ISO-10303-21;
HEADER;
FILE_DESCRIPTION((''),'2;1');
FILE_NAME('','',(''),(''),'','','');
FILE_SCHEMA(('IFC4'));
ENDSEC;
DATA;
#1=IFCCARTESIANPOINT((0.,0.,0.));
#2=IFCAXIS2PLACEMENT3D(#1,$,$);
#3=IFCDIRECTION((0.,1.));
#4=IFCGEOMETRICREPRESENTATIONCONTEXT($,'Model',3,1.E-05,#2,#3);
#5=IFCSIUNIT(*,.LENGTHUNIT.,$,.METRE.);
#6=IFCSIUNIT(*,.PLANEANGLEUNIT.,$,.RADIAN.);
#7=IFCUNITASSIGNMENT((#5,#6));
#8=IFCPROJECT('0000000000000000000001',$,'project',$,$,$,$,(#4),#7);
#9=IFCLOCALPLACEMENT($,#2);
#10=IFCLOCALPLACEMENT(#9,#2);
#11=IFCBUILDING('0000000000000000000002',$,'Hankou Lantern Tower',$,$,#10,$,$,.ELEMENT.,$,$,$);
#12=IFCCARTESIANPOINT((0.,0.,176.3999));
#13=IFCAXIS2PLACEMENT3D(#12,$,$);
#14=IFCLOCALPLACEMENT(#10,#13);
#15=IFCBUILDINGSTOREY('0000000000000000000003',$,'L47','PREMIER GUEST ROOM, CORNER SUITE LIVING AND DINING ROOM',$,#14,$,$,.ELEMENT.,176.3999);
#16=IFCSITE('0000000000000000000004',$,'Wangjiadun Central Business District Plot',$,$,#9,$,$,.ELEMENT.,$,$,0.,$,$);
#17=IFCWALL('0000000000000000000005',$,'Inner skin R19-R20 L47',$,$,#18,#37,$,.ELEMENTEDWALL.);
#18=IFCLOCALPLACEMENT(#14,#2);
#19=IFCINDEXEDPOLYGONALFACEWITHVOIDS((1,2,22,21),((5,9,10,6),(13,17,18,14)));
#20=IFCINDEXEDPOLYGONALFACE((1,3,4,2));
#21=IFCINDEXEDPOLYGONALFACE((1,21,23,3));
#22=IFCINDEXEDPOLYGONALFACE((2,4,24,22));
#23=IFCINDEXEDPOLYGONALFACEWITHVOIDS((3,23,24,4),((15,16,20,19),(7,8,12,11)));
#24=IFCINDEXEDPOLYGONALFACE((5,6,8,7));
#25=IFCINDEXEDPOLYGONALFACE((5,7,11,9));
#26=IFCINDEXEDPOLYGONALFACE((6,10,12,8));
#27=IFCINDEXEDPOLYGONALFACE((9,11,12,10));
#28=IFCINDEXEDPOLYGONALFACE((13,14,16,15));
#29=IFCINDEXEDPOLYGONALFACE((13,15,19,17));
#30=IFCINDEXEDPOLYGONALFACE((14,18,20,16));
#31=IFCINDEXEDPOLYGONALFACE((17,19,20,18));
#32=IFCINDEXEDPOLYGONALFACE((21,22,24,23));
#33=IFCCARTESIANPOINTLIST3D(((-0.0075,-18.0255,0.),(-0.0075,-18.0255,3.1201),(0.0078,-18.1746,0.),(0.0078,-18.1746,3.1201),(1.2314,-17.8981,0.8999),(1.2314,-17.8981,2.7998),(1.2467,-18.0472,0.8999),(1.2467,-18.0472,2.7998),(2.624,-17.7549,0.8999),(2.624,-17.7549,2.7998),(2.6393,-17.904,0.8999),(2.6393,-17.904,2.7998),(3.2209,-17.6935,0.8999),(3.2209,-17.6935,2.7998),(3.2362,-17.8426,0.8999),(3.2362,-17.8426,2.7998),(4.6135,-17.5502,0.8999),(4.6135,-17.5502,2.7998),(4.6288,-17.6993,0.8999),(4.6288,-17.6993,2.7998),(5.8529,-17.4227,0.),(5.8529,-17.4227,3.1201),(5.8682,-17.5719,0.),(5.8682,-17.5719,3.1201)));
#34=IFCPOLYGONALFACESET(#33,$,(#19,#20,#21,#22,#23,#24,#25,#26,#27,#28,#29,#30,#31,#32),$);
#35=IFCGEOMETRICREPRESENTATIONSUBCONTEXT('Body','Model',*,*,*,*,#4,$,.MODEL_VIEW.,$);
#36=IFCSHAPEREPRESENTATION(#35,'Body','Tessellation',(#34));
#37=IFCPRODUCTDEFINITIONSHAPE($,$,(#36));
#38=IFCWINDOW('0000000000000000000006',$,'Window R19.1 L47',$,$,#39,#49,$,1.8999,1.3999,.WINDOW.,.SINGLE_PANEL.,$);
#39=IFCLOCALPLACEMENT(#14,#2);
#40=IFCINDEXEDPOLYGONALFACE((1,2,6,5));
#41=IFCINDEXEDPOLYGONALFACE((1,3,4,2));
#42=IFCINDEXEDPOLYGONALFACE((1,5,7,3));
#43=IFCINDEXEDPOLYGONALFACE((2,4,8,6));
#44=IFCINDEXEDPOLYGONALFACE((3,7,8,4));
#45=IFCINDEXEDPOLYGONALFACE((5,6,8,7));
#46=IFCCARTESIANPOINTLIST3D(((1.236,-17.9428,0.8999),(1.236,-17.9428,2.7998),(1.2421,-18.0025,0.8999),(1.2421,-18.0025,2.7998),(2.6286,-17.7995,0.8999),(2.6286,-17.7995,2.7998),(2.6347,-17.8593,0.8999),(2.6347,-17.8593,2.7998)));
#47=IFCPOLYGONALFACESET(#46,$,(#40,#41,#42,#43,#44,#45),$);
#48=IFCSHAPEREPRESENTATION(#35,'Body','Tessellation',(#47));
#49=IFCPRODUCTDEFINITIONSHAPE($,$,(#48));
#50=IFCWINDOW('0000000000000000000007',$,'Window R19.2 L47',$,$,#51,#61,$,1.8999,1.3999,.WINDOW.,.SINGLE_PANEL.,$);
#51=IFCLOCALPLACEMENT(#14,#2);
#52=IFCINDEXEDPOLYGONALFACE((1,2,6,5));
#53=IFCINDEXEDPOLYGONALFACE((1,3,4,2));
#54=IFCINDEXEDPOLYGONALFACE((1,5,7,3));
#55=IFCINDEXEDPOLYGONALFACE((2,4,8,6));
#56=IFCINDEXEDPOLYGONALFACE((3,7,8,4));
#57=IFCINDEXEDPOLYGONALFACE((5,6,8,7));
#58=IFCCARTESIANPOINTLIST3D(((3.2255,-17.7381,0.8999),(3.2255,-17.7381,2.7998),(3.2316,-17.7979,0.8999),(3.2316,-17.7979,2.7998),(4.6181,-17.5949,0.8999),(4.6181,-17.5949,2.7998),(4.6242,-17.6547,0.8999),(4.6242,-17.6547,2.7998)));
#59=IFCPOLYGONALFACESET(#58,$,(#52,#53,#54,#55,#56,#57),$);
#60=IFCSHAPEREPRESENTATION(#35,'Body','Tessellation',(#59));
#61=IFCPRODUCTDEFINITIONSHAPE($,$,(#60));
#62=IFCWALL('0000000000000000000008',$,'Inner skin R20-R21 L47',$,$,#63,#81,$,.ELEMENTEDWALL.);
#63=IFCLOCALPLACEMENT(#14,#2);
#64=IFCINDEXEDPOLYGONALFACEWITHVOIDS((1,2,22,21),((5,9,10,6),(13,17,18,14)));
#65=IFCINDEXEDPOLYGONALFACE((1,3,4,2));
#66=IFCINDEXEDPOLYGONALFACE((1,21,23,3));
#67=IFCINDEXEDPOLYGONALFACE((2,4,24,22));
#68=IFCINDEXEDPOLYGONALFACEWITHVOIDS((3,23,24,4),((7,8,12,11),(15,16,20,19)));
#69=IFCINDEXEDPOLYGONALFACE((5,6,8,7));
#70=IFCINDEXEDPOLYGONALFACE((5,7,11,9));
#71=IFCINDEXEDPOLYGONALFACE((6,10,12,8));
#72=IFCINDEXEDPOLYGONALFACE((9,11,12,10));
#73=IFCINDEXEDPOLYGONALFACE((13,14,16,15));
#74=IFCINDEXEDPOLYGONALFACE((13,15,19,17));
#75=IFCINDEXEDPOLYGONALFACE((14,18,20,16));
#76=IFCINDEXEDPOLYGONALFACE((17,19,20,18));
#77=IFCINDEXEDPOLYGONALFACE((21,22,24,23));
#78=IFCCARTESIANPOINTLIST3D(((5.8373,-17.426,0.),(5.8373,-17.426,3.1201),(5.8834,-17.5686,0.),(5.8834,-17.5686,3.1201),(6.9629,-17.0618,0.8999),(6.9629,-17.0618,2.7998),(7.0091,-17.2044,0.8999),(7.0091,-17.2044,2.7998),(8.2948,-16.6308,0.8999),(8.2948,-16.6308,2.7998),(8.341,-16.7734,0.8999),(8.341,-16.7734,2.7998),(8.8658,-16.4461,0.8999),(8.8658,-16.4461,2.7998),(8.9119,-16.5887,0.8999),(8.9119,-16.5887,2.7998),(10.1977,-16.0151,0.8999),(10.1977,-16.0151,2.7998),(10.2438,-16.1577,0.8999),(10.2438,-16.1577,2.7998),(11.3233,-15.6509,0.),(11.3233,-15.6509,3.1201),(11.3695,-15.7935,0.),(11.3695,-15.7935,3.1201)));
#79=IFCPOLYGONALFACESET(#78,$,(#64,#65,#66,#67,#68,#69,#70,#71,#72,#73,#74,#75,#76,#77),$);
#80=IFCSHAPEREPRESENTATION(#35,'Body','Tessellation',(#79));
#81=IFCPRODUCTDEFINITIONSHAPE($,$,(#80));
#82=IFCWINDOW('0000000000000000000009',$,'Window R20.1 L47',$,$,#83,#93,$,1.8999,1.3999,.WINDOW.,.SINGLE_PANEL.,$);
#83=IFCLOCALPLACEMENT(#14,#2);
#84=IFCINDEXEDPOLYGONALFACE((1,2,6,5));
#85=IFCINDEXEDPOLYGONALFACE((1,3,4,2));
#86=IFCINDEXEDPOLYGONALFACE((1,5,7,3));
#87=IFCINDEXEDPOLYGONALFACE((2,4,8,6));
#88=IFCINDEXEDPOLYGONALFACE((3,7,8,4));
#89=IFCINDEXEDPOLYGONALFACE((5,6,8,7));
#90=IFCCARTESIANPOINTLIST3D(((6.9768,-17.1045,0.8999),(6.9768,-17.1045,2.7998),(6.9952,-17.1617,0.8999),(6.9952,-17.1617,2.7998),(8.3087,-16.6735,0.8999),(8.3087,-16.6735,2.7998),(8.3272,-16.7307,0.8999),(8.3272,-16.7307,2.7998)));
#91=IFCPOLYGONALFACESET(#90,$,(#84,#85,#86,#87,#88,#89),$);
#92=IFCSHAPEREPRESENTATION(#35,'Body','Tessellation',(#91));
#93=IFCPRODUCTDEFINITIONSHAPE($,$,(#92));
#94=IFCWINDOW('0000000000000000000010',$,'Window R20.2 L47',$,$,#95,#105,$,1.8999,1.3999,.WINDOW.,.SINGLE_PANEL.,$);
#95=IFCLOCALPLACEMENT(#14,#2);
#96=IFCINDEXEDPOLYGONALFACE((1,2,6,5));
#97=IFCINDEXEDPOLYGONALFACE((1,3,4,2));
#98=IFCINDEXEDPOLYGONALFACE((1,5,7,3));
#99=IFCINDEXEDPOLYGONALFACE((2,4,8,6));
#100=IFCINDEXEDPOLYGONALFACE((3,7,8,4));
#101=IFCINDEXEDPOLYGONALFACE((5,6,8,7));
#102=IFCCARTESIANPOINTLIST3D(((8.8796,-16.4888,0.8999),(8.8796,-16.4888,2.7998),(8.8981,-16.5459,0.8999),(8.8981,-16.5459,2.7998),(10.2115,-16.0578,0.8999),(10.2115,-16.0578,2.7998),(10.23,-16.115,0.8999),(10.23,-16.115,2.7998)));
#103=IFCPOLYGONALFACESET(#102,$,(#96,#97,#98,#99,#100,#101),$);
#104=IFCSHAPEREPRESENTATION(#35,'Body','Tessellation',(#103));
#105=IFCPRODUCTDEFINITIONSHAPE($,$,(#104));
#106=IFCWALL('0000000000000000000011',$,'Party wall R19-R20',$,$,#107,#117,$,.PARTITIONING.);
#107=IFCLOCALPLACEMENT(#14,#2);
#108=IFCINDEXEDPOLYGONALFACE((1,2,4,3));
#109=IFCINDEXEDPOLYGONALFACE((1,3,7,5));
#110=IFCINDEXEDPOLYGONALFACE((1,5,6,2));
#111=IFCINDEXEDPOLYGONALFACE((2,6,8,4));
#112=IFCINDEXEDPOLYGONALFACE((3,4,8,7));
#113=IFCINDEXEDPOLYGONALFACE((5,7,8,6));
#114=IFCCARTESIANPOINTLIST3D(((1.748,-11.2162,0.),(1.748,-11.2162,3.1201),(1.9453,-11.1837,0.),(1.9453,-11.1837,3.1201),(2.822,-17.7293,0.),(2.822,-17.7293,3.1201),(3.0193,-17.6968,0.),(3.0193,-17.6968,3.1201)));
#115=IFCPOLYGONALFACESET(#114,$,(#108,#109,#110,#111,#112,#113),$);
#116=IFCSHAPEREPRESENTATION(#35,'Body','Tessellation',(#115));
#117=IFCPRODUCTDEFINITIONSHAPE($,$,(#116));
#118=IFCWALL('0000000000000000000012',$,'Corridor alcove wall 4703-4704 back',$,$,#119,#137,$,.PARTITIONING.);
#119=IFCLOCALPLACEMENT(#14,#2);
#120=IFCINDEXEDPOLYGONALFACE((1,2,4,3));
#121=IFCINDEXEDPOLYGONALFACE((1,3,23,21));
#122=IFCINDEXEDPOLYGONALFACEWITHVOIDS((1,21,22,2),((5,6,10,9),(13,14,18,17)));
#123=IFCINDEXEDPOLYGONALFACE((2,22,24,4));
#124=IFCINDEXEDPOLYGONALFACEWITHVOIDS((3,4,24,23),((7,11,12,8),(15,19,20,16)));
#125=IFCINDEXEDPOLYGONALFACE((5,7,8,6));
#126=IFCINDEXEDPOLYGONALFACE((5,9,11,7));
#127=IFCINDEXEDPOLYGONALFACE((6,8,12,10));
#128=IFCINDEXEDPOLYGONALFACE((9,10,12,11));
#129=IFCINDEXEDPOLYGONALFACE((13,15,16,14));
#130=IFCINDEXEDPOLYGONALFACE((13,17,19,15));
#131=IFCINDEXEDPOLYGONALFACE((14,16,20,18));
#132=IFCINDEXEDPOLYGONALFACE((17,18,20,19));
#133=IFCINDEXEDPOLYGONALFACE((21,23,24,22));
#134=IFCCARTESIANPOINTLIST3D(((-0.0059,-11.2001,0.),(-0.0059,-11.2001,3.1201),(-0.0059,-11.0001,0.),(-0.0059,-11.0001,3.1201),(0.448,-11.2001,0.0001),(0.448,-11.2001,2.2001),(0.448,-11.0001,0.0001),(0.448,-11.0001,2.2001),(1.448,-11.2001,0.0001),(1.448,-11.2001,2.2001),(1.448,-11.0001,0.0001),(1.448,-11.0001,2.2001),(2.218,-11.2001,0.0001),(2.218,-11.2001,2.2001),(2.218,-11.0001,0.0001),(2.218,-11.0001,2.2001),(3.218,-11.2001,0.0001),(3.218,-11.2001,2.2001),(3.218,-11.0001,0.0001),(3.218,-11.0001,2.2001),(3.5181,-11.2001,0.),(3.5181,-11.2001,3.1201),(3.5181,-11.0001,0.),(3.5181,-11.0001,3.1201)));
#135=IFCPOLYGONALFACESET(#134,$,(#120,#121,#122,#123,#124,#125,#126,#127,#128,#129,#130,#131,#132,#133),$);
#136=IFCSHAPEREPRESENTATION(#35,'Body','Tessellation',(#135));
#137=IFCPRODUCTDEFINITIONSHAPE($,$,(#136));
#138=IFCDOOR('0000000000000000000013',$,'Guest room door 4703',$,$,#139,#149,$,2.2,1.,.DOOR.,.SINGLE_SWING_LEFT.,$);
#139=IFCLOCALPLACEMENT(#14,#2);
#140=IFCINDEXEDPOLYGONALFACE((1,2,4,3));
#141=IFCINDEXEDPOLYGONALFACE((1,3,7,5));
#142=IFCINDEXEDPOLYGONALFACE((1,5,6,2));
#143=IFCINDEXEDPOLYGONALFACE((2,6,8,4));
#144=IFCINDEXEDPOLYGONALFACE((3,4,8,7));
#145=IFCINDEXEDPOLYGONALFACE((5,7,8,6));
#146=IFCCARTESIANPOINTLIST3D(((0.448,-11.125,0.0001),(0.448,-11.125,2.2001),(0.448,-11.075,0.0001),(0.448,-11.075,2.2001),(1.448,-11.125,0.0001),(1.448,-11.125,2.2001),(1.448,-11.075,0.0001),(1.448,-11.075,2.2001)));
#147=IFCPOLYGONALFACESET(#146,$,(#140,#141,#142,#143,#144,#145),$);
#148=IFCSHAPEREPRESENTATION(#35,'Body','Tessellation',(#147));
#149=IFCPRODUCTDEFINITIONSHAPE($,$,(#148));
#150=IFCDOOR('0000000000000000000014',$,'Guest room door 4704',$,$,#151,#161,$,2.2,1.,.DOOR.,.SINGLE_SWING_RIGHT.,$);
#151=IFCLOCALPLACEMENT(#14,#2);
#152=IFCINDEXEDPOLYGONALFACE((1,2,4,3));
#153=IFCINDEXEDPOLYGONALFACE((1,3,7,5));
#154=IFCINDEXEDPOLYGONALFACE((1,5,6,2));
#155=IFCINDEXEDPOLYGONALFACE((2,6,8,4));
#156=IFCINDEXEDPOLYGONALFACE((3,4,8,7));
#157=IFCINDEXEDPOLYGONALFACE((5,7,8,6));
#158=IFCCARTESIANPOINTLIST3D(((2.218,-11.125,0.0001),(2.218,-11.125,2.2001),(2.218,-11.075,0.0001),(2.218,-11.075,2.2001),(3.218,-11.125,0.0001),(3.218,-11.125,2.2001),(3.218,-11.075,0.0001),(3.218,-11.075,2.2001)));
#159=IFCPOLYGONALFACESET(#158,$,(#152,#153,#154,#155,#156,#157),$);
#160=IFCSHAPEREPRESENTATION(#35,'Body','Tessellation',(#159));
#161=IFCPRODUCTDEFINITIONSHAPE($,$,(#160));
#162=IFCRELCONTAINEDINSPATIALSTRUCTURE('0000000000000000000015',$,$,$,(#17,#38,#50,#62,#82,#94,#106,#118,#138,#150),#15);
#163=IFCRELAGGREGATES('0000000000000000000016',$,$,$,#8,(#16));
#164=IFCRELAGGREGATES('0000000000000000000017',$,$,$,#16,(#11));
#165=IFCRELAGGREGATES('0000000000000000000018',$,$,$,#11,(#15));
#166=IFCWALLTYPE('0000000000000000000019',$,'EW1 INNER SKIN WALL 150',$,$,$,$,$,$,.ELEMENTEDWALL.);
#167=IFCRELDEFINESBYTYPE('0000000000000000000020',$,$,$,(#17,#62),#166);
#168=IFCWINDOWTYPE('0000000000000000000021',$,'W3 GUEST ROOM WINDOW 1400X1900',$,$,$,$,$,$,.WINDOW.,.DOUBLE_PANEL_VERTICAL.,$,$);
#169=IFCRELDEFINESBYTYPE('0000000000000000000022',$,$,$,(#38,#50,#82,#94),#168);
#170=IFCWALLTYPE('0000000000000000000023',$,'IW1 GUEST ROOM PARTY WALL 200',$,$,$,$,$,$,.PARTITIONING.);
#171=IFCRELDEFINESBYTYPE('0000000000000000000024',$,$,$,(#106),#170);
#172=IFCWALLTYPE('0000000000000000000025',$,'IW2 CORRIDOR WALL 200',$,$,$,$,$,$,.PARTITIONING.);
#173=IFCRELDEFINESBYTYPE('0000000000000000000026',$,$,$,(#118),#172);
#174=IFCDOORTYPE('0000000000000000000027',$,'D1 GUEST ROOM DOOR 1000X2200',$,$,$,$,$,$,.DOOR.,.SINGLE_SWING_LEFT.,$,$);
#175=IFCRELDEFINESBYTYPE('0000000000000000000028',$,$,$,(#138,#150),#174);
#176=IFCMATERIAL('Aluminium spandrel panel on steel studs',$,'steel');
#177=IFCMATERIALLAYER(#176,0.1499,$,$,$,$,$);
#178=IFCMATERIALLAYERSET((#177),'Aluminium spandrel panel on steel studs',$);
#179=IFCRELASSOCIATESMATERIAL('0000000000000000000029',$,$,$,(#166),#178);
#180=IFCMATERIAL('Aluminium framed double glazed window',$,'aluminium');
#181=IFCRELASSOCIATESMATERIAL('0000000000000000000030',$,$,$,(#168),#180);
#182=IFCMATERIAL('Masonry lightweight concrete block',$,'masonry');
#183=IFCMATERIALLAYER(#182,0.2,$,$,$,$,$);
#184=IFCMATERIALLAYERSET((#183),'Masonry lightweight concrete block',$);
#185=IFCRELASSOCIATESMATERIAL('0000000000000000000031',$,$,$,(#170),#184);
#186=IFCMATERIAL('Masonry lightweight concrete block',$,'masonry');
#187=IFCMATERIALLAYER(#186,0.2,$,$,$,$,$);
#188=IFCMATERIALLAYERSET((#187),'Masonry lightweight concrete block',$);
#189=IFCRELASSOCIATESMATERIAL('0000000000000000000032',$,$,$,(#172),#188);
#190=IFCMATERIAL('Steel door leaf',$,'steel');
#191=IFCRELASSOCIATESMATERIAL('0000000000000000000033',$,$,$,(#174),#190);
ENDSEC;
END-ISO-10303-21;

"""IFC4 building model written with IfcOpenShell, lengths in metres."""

from ifc_helpers import new_model, si_unit, direction, frame, frame_2d, origin, place, context, subcontext, project, spatial, rectangle, extrude, material, layer, layer_set, type_object, element, fill, save


model = new_model("IFC4")

# Units and contexts
model_context = context("Model", 3, precision=1e-05, world=origin(), true_north=direction((0.0, 1.0)))
body_context = subcontext(model_context, "Body", "Model", "MODEL_VIEW")
ifc_project = project(units=[si_unit("LENGTHUNIT", "METRE"), si_unit("PLANEANGLEUNIT", "RADIAN")], contexts=[model_context])

# Site, building, storey
site_placement = place(None, origin())
site = spatial("IfcSite", under=ifc_project, at=site_placement, Name="Wangjiadun Central Business District Plot", CompositionType="ELEMENT", RefElevation=0.0)
building_placement = place(site_placement, origin())
building = spatial("IfcBuilding", under=site, at=building_placement, Name="Hankou Lantern Tower", CompositionType="ELEMENT")
storey_placement = place(building_placement, frame((0.0, 0.0, 176.3999)))
storey = spatial("IfcBuildingStorey", under=building, at=storey_placement, Name="L47", Description="PREMIER GUEST ROOM, CORNER SUITE LIVING AND DINING ROOM", CompositionType="ELEMENT", Elevation=176.3999)

# Walls, openings, windows
ifc_material_1 = material(Name="Aluminium spandrel panel on steel studs", Category="steel")
ifc_layer_1 = layer(ifc_material_1, 0.1499)
ifc_layer_set_1 = layer_set([ifc_layer_1], Name="Aluminium spandrel panel on steel studs")
wall_type_1 = type_object("IfcWallType", Name="EW1 INNER SKIN WALL 150", PredefinedType="ELEMENTEDWALL", material=ifc_layer_set_1)
wall_1_placement = place(storey_placement, frame((0.0, -18.1001, 0.0), z_axis=(0.0, 0.0, 1.0), x_axis=(0.994752, 0.102318, 0.0)))
wall_1 = element("IfcWall", 1, at=wall_1_placement, inside=storey, type_object=wall_type_1, Name="Inner skin R19-R20 L47", PredefinedType="ELEMENTEDWALL", context=body_context, shape_type="SweptSolid", body=[
    extrude(rectangle(XDim=5.8914, YDim=0.1499, at=frame_2d((2.9458, 0.0))), origin(), (0.0, 0.0, 1.0), 3.1201),
])
opening_1_placement = place(wall_1_placement, frame((1.2456, 0.0, 0.8999)))
opening_1 = element("IfcOpeningElement", 2, at=opening_1_placement, cuts=wall_1, PredefinedType="OPENING", context=body_context, shape_type="SweptSolid", body=[
    extrude(rectangle(XDim=1.3999, YDim=1.8999, at=frame_2d((0.7, 0.95))), frame((0.0, 0.085, 0.0), z_axis=(0.0, -1.0, 0.0), x_axis=(1.0, 0.0, 0.0)), (0.0, 0.0, 1.0), 0.1699),
])
opening_2_placement = place(wall_1_placement, frame((3.2456, 0.0, 0.8999)))
opening_2 = element("IfcOpeningElement", 3, at=opening_2_placement, cuts=wall_1, PredefinedType="OPENING", context=body_context, shape_type="SweptSolid", body=[
    extrude(rectangle(XDim=1.3999, YDim=1.8999, at=frame_2d((0.7, 0.95))), frame((0.0, 0.085, 0.0), z_axis=(0.0, -1.0, 0.0), x_axis=(1.0, 0.0, 0.0)), (0.0, 0.0, 1.0), 0.1699),
])
ifc_material_2 = material(Name="Aluminium framed double glazed window", Category="aluminium")
window_type = type_object("IfcWindowType", Name="W3 GUEST ROOM WINDOW 1400X1900", PartitioningType="DOUBLE_PANEL_VERTICAL", PredefinedType="WINDOW", material=ifc_material_2)
window_1_placement = place(opening_1_placement, origin())
window_1 = element("IfcWindow", 4, at=window_1_placement, inside=storey, type_object=window_type, Name="Window R19.1 L47", OverallHeight=1.8999, OverallWidth=1.3999, PartitioningType="SINGLE_PANEL", PredefinedType="WINDOW", context=body_context, shape_type="SweptSolid", body=[
    extrude(rectangle(XDim=1.3999, YDim=1.8999, at=frame_2d((0.7, 0.95))), frame((0.0, 0.03, 0.0), z_axis=(0.0, -1.0, 0.0), x_axis=(1.0, 0.0, 0.0)), (0.0, 0.0, 1.0), 0.0601),
])
fill(opening_1, window_1)
window_2_placement = place(opening_2_placement, origin())
window_2 = element("IfcWindow", 5, at=window_2_placement, inside=storey, type_object=window_type, Name="Window R19.2 L47", OverallHeight=1.8999, OverallWidth=1.3999, PartitioningType="SINGLE_PANEL", PredefinedType="WINDOW", context=body_context, shape_type="SweptSolid", body=[
    extrude(rectangle(XDim=1.3999, YDim=1.8999, at=frame_2d((0.7, 0.95))), frame((0.0, 0.03, 0.0), z_axis=(0.0, -1.0, 0.0), x_axis=(1.0, 0.0, 0.0)), (0.0, 0.0, 1.0), 0.0601),
])
fill(opening_2, window_2)
wall_2_placement = place(storey_placement, frame((5.8604, -17.4973, 0.0), z_axis=(0.0, 0.0, 1.0), x_axis=(0.951432, 0.307857, 0.0)))
wall_2 = element("IfcWall", 6, at=wall_2_placement, inside=storey, type_object=wall_type_1, Name="Inner skin R20-R21 L47", PredefinedType="ELEMENTEDWALL", context=body_context, shape_type="SweptSolid", body=[
    extrude(rectangle(XDim=5.7661, YDim=0.1499, at=frame_2d((2.8831, 0.0))), origin(), (0.0, 0.0, 1.0), 3.1201),
])
opening_3_placement = place(wall_2_placement, frame((1.1831, 0.0, 0.8999)))
opening_3 = element("IfcOpeningElement", 7, at=opening_3_placement, cuts=wall_2, PredefinedType="OPENING", context=body_context, shape_type="SweptSolid", body=[
    extrude(rectangle(XDim=1.3999, YDim=1.8999, at=frame_2d((0.7, 0.95))), frame((0.0, 0.085, 0.0), z_axis=(0.0, -1.0, 0.0), x_axis=(1.0, 0.0, 0.0)), (0.0, 0.0, 1.0), 0.1699),
])
opening_4_placement = place(wall_2_placement, frame((3.1831, 0.0, 0.8999)))
opening_4 = element("IfcOpeningElement", 8, at=opening_4_placement, cuts=wall_2, PredefinedType="OPENING", context=body_context, shape_type="SweptSolid", body=[
    extrude(rectangle(XDim=1.3999, YDim=1.8999, at=frame_2d((0.7, 0.95))), frame((0.0, 0.085, 0.0), z_axis=(0.0, -1.0, 0.0), x_axis=(1.0, 0.0, 0.0)), (0.0, 0.0, 1.0), 0.1699),
])
window_3_placement = place(opening_3_placement, origin())
window_3 = element("IfcWindow", 9, at=window_3_placement, inside=storey, type_object=window_type, Name="Window R20.1 L47", OverallHeight=1.8999, OverallWidth=1.3999, PartitioningType="SINGLE_PANEL", PredefinedType="WINDOW", context=body_context, shape_type="SweptSolid", body=[
    extrude(rectangle(XDim=1.3999, YDim=1.8999, at=frame_2d((0.7, 0.95))), frame((0.0, 0.03, 0.0), z_axis=(0.0, -1.0, 0.0), x_axis=(1.0, 0.0, 0.0)), (0.0, 0.0, 1.0), 0.0601),
])
fill(opening_3, window_3)
window_4_placement = place(opening_4_placement, origin())
window_4 = element("IfcWindow", 10, at=window_4_placement, inside=storey, type_object=window_type, Name="Window R20.2 L47", OverallHeight=1.8999, OverallWidth=1.3999, PartitioningType="SINGLE_PANEL", PredefinedType="WINDOW", context=body_context, shape_type="SweptSolid", body=[
    extrude(rectangle(XDim=1.3999, YDim=1.8999, at=frame_2d((0.7, 0.95))), frame((0.0, 0.03, 0.0), z_axis=(0.0, -1.0, 0.0), x_axis=(1.0, 0.0, 0.0)), (0.0, 0.0, 1.0), 0.0601),
])
fill(opening_4, window_4)

# Wall
ifc_material_3 = material(Name="Masonry lightweight concrete block", Category="masonry")
ifc_layer_2 = layer(ifc_material_3, 0.2)
ifc_layer_set_2 = layer_set([ifc_layer_2], Name="Masonry lightweight concrete block")
wall_type_2 = type_object("IfcWallType", Name="IW1 GUEST ROOM PARTY WALL 200", PredefinedType="PARTITIONING", material=ifc_layer_set_2)
wall_3_placement = place(storey_placement, frame((1.8467, -11.2, 0.0), z_axis=(0.0, 0.0, 1.0), x_axis=(0.162695, -0.986676, 0.0)))
element("IfcWall", 11, at=wall_3_placement, inside=storey, type_object=wall_type_2, Name="Party wall R19-R20", PredefinedType="PARTITIONING", context=body_context, shape_type="SweptSolid", body=[
    extrude(rectangle(XDim=6.6011, YDim=0.2, at=frame_2d((3.3005, 0.0))), origin(), (0.0, 0.0, 1.0), 3.1201),
])

# Wall, openings, doors
ifc_material_4 = material(Name="Masonry lightweight concrete block", Category="masonry")
ifc_layer_3 = layer(ifc_material_4, 0.2)
ifc_layer_set_3 = layer_set([ifc_layer_3], Name="Masonry lightweight concrete block")
wall_type_3 = type_object("IfcWallType", Name="IW2 CORRIDOR WALL 200", PredefinedType="PARTITIONING", material=ifc_layer_set_3)
wall_4_placement = place(storey_placement, frame((3.5181, -11.1001, 0.0), z_axis=(0.0, 0.0, 1.0), x_axis=(-1.0, 0.0, 0.0)))
wall_4 = element("IfcWall", 12, at=wall_4_placement, inside=storey, type_object=wall_type_3, Name="Corridor alcove wall 4703-4704 back", PredefinedType="PARTITIONING", context=body_context, shape_type="SweptSolid", body=[
    extrude(rectangle(XDim=3.5239, YDim=0.2, at=frame_2d((1.762, 0.0))), origin(), (0.0, 0.0, 1.0), 3.1201),
])
opening_5_placement = place(wall_4_placement, frame((2.0701, 0.0, 0.0)))
opening_5 = element("IfcOpeningElement", 13, at=opening_5_placement, cuts=wall_4, PredefinedType="OPENING", context=body_context, shape_type="SweptSolid", body=[
    extrude(rectangle(XDim=1.0, YDim=2.2, at=frame_2d((0.5, 1.1001))), frame((0.0, 0.1099, 0.0), z_axis=(0.0, -1.0, 0.0), x_axis=(1.0, 0.0, 0.0)), (0.0, 0.0, 1.0), 0.22),
])
opening_6_placement = place(wall_4_placement, frame((0.3, 0.0, 0.0)))
opening_6 = element("IfcOpeningElement", 14, at=opening_6_placement, cuts=wall_4, PredefinedType="OPENING", context=body_context, shape_type="SweptSolid", body=[
    extrude(rectangle(XDim=1.0, YDim=2.2, at=frame_2d((0.5, 1.1001))), frame((0.0, 0.1099, 0.0), z_axis=(0.0, -1.0, 0.0), x_axis=(1.0, 0.0, 0.0)), (0.0, 0.0, 1.0), 0.22),
])
ifc_material_5 = material(Name="Steel door leaf", Category="steel")
door_type_1 = type_object("IfcDoorType", Name="D1 GUEST ROOM DOOR 1000X2200", OperationType="SINGLE_SWING_LEFT", PredefinedType="DOOR", material=ifc_material_5)
door_1_placement = place(opening_5_placement, origin())
door_1 = element("IfcDoor", 15, at=door_1_placement, inside=storey, type_object=door_type_1, Name="Guest room door 4703", OperationType="SINGLE_SWING_LEFT", OverallHeight=2.2, OverallWidth=1.0, PredefinedType="DOOR", context=body_context, shape_type="SweptSolid", body=[
    extrude(rectangle(XDim=1.0, YDim=2.2, at=frame_2d((0.5, 1.1001))), frame((0.0, 0.0249, 0.0), z_axis=(0.0, -1.0, 0.0), x_axis=(1.0, 0.0, 0.0)), (0.0, 0.0, 1.0), 0.05),
])
fill(opening_5, door_1)
door_2_placement = place(opening_6_placement, origin())
door_2 = element("IfcDoor", 16, at=door_2_placement, inside=storey, type_object=door_type_1, Name="Guest room door 4704", OperationType="SINGLE_SWING_RIGHT", OverallHeight=2.2, OverallWidth=1.0, PredefinedType="DOOR", context=body_context, shape_type="SweptSolid", body=[
    extrude(rectangle(XDim=1.0, YDim=2.2, at=frame_2d((0.5, 1.1001))), frame((0.0, 0.0249, 0.0), z_axis=(0.0, -1.0, 0.0), x_axis=(1.0, 0.0, 0.0)), (0.0, 0.0, 1.0), 0.05),
])
fill(opening_6, door_2)

save(model, "model.ifc")
